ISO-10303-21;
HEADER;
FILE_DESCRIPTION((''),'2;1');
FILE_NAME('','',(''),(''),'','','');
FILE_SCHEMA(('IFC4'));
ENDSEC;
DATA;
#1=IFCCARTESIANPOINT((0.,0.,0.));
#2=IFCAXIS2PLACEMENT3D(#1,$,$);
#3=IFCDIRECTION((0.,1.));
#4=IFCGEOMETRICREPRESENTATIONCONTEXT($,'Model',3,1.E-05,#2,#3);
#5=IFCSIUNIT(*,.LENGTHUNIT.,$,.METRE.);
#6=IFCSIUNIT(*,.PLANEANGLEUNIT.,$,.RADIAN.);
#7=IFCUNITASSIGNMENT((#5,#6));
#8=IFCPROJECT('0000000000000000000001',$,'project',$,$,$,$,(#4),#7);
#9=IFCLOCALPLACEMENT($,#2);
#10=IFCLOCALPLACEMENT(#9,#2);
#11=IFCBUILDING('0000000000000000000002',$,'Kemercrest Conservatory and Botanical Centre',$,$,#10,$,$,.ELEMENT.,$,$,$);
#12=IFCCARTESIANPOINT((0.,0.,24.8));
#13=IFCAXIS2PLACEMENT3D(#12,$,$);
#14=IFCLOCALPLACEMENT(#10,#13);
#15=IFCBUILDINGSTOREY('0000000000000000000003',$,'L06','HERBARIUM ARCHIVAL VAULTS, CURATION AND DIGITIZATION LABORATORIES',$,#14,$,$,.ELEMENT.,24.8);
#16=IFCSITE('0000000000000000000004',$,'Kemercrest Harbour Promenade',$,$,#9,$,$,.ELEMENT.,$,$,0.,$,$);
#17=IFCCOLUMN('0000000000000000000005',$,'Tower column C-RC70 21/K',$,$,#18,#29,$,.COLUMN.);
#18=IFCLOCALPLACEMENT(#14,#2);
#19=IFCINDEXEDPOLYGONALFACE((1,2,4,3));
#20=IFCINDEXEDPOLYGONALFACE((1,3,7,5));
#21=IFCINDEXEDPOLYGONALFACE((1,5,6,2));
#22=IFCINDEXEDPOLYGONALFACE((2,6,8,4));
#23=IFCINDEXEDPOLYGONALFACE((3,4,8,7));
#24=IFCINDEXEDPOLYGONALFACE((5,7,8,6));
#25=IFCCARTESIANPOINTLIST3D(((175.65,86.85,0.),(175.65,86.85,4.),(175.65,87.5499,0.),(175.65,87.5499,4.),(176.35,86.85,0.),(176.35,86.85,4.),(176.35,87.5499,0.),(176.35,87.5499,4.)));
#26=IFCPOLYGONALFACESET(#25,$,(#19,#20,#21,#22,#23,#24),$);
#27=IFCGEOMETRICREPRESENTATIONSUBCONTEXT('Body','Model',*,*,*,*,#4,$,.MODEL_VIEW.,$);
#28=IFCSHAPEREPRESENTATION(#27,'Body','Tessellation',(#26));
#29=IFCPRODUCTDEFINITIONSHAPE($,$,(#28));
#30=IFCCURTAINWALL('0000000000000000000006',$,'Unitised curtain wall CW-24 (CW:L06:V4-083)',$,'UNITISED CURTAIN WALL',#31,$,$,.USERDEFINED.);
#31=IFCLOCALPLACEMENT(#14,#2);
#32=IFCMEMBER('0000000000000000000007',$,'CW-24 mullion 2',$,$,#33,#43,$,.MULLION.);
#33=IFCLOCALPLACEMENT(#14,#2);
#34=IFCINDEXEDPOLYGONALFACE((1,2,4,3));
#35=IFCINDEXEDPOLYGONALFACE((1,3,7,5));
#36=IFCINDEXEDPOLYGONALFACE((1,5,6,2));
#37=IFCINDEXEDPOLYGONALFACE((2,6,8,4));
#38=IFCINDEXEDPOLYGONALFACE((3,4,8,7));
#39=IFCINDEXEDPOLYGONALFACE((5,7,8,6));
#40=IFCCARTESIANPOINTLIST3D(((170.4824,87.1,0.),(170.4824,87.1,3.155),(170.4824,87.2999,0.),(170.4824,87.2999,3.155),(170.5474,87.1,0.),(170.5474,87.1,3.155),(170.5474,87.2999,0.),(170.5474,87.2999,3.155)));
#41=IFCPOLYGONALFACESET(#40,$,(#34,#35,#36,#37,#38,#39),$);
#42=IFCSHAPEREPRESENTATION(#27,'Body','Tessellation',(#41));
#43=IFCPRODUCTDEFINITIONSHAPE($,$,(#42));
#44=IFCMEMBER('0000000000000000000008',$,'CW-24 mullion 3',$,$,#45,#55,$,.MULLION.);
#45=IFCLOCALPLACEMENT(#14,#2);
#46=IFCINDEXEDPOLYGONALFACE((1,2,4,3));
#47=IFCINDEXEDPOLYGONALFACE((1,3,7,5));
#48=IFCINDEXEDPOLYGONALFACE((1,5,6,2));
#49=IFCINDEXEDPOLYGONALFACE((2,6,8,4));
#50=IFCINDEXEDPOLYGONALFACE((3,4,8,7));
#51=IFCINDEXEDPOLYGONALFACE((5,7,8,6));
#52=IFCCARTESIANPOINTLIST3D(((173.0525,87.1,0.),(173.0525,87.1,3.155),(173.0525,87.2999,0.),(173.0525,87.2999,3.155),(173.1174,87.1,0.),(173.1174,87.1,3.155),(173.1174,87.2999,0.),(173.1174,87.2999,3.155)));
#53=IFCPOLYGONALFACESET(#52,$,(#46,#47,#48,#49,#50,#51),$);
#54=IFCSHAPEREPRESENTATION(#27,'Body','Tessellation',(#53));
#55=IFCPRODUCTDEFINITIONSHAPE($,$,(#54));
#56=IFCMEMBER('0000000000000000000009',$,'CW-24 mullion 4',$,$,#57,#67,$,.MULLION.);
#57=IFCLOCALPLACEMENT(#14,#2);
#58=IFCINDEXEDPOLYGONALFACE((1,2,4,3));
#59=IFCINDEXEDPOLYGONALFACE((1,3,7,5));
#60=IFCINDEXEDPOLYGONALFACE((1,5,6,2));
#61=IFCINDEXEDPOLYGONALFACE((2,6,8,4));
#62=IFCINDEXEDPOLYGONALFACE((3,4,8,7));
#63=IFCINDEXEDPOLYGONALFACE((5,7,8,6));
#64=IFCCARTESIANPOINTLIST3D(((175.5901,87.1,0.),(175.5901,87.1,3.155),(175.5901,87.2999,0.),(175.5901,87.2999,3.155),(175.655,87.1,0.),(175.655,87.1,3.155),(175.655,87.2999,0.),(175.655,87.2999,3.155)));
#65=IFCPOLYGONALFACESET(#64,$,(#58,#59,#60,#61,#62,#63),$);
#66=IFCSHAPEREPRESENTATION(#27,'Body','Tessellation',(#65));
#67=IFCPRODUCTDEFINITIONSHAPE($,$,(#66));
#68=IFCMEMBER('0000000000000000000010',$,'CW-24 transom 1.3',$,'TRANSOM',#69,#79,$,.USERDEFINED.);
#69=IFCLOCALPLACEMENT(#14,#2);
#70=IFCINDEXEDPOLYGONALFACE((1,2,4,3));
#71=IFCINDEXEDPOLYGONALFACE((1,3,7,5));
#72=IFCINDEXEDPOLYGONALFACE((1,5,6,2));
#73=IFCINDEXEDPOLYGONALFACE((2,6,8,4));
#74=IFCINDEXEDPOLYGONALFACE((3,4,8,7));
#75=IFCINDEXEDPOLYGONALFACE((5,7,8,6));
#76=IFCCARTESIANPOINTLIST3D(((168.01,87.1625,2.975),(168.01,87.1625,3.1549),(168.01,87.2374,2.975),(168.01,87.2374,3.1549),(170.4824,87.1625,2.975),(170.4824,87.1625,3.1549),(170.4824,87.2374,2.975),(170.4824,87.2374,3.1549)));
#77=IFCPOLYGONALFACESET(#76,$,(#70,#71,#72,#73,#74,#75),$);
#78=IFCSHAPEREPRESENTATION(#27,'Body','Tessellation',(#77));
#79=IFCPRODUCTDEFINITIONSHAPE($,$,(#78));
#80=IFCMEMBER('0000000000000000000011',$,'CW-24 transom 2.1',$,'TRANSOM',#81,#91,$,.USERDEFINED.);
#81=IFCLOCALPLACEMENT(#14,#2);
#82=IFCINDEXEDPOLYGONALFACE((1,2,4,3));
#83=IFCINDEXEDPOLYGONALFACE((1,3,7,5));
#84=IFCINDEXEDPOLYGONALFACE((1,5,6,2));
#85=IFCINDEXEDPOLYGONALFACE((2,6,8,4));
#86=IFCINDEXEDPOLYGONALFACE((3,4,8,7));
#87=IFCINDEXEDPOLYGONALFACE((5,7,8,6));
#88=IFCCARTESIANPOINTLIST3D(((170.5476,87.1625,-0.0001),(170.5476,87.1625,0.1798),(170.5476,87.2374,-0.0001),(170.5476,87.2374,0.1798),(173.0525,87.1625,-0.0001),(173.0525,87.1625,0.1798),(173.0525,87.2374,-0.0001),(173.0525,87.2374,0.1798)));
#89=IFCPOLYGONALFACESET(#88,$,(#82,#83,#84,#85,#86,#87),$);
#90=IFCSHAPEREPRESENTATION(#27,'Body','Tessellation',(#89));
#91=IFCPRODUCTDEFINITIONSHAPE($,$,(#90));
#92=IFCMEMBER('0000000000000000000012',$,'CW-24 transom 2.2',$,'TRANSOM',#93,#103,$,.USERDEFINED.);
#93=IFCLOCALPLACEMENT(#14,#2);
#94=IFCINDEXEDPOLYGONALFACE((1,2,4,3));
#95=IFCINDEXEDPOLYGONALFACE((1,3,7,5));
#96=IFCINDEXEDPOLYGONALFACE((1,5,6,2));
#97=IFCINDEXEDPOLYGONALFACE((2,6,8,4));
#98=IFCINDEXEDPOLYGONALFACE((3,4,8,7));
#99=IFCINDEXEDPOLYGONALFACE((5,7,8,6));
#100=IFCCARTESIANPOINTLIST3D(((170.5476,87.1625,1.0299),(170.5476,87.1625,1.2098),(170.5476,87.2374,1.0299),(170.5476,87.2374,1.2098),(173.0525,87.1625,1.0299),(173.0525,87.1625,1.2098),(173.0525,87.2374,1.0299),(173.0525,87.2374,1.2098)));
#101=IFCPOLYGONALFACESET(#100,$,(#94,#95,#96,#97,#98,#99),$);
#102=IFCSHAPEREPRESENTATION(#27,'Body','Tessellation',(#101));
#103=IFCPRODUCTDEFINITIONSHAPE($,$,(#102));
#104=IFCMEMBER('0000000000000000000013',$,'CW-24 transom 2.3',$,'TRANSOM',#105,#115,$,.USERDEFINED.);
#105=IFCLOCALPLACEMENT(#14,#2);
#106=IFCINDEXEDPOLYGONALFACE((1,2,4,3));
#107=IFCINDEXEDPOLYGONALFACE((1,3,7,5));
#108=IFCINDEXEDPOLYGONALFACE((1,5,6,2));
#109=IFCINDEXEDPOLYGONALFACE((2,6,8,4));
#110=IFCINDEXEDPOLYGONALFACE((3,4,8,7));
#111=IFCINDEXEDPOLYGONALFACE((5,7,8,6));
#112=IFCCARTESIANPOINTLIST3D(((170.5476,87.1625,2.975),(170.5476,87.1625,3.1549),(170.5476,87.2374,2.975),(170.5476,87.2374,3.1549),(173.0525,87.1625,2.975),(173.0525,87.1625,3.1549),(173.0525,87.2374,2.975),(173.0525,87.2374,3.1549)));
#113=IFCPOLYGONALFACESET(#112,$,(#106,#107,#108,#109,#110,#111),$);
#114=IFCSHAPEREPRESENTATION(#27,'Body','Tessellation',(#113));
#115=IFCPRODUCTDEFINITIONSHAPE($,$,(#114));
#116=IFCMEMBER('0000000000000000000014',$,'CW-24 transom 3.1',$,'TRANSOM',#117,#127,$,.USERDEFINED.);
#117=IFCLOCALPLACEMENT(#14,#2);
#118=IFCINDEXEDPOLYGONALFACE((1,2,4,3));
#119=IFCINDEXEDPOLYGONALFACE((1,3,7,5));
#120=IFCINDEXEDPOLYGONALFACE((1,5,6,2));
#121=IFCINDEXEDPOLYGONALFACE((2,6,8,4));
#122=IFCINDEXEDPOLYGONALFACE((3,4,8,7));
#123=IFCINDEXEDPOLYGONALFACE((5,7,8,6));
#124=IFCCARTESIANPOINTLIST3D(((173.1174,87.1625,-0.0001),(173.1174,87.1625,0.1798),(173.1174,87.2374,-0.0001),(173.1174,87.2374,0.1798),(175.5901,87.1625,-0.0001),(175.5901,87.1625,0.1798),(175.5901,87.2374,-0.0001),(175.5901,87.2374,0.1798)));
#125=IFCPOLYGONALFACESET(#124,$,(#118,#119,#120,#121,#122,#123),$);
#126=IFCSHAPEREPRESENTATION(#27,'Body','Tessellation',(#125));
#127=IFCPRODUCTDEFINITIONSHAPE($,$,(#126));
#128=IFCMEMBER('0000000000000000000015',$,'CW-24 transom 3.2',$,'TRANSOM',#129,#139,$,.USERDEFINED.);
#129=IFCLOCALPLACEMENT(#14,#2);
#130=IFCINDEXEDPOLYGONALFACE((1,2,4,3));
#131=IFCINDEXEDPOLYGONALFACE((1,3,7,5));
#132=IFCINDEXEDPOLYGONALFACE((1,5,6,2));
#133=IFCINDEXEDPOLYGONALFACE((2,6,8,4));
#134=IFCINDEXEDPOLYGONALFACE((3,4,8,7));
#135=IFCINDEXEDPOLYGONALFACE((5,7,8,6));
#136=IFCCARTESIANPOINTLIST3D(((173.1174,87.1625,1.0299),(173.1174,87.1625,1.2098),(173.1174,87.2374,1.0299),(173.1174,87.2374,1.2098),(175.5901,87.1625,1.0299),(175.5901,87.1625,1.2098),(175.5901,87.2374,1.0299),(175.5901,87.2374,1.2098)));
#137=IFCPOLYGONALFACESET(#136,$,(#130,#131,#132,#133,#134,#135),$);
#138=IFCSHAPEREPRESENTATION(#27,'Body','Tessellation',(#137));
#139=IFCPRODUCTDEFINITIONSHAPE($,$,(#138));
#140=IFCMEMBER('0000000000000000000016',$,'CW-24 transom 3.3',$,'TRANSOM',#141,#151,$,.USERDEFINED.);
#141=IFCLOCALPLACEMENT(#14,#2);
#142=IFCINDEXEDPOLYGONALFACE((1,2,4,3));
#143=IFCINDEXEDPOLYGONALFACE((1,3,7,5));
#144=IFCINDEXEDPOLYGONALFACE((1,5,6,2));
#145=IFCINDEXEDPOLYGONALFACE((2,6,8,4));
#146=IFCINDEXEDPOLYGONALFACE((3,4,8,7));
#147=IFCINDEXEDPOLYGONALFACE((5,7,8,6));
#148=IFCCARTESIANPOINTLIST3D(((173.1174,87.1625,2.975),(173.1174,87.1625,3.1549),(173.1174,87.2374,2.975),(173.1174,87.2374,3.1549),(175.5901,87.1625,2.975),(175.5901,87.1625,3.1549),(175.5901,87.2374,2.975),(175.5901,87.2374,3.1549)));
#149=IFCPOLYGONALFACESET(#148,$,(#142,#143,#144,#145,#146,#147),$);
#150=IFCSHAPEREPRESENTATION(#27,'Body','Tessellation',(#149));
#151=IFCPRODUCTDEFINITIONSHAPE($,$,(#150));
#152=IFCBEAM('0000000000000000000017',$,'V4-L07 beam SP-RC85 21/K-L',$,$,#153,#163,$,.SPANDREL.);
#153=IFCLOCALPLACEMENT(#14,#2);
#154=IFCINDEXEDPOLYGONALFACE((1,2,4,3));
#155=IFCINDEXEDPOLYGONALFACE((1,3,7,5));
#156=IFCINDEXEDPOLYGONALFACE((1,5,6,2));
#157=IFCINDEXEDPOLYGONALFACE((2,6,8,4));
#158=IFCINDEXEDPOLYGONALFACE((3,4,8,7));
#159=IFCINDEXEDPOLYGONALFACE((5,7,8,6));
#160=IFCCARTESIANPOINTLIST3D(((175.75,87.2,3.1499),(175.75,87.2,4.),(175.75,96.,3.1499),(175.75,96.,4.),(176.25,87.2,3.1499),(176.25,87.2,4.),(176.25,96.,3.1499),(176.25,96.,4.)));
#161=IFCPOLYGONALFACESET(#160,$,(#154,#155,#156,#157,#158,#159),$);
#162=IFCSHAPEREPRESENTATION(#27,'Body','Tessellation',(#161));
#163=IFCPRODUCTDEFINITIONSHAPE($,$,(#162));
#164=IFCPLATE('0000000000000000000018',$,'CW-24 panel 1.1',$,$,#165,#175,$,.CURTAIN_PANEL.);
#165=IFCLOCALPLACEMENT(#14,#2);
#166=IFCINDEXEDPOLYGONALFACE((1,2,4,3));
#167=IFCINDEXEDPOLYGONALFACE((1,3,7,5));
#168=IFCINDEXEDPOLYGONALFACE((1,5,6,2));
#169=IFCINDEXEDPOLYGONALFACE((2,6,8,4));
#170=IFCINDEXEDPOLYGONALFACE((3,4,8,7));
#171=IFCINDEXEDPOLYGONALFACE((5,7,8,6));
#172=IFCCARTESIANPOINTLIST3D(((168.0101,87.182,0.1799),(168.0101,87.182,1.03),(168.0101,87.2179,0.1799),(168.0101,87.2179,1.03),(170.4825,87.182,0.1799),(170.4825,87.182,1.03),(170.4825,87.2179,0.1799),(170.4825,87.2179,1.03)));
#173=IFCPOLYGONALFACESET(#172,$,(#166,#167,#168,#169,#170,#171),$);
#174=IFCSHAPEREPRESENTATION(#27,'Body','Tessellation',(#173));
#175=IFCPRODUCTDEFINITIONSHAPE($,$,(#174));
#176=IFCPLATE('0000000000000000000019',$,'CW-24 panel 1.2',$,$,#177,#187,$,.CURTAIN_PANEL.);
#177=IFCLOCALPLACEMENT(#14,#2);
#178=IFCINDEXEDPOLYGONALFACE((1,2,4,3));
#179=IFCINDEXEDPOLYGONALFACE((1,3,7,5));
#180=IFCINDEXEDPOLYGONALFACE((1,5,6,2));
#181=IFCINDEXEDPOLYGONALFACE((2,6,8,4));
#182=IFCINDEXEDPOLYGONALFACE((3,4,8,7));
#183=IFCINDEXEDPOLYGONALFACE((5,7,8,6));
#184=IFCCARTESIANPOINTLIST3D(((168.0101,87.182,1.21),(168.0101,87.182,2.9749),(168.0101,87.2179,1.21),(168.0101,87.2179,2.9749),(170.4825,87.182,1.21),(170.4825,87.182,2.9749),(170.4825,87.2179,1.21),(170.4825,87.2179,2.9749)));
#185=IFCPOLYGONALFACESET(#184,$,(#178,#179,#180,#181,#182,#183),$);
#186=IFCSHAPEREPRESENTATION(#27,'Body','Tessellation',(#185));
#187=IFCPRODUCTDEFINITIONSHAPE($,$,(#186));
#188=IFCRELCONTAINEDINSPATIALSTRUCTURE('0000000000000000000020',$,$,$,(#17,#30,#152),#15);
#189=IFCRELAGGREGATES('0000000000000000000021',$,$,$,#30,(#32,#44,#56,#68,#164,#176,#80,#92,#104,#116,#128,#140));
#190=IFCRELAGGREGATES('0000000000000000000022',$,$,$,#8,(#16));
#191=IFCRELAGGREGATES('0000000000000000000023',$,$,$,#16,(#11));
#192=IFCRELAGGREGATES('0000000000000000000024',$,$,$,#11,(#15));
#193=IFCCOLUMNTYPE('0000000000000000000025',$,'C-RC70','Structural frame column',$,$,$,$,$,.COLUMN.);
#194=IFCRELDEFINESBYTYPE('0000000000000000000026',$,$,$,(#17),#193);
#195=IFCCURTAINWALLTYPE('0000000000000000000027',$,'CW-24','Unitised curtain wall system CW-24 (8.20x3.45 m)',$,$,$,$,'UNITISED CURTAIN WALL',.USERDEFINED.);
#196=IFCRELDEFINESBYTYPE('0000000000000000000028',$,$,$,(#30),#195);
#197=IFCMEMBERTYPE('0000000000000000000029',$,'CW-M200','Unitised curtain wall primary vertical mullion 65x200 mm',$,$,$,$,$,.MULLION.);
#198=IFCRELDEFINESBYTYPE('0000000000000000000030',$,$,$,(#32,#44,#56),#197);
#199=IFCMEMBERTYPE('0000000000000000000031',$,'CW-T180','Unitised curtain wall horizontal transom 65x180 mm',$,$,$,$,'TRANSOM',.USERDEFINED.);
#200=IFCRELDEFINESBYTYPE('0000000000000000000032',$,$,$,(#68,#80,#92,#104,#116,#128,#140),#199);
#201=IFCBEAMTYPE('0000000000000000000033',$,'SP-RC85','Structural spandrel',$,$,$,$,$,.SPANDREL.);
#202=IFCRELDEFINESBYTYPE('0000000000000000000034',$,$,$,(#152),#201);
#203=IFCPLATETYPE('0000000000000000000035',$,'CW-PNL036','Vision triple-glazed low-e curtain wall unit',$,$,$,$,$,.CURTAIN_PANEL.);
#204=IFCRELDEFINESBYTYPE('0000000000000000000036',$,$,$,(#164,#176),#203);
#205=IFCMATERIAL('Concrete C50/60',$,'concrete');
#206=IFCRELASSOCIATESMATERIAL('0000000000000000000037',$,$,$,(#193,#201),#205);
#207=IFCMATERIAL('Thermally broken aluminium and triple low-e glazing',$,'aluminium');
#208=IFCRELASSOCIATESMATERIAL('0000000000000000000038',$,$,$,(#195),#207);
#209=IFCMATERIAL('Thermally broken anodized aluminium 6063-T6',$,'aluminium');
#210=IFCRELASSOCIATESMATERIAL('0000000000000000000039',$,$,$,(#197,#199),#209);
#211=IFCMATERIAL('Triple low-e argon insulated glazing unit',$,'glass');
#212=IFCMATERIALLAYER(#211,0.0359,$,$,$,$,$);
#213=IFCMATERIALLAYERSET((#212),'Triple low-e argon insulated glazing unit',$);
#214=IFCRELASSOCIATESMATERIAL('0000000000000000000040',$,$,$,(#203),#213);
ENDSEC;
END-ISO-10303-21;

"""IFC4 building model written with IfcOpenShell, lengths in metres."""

from ifc_helpers import new_model, si_unit, direction, frame, origin, origin_2d, place, context, subcontext, project, spatial, rectangle, extrude, material, layer, layer_set, material_profile, profile_set, type_object, element, aggregate, save


model = new_model("IFC4")

# Units and contexts
model_context = context("Model", 3, precision=1e-05, world=origin(), true_north=direction((0.0, 1.0)))
body_context = subcontext(model_context, "Body", "Model", "MODEL_VIEW")
ifc_project = project(units=[si_unit("LENGTHUNIT", "METRE"), si_unit("PLANEANGLEUNIT", "RADIAN")], contexts=[model_context])

# Site, building, storey
site_placement = place(None, origin())
site = spatial("IfcSite", under=ifc_project, at=site_placement, Name="Kemercrest Harbour Promenade", CompositionType="ELEMENT", RefElevation=0.0)
building_placement = place(site_placement, origin())
building = spatial("IfcBuilding", under=site, at=building_placement, Name="Kemercrest Conservatory and Botanical Centre", CompositionType="ELEMENT")
storey_placement = place(building_placement, frame((0.0, 0.0, 24.8)))
storey = spatial("IfcBuildingStorey", under=building, at=storey_placement, Name="L06", Description="HERBARIUM ARCHIVAL VAULTS, CURATION AND DIGITIZATION LABORATORIES", CompositionType="ELEMENT", Elevation=24.8)

# Column
ifc_material_1 = material(Name="Concrete C50/60", Category="concrete")
ifc_material_profile_1 = material_profile(ifc_material_1, rectangle(XDim=0.7, YDim=0.7, at=origin_2d()), Name="RC 700x700")
ifc_profile_set_1 = profile_set([ifc_material_profile_1], Name="Concrete C50/60")
column_type = type_object("IfcColumnType", Name="C-RC70", Description="Structural frame column", PredefinedType="COLUMN", material=ifc_profile_set_1)
column_placement = place(storey_placement, frame((176.0, 87.2, 0.0), z_axis=(0.0, 0.0, 1.0), x_axis=(1.0, 0.0, 0.0)))
element("IfcColumn", 1, at=column_placement, inside=storey, type_object=column_type, Name="Tower column C-RC70 21/K", PredefinedType="COLUMN", context=body_context, shape_type="SweptSolid", body=[
    extrude(rectangle(XDim=0.7, YDim=0.7, at=origin_2d()), origin(), (0.0, 0.0, 1.0), 4.0),
])

# Curtain wall, members
ifc_material_2 = material(Name="Thermally broken aluminium and triple low-e glazing", Category="aluminium")
curtain_wall_type = type_object("IfcCurtainWallType", Name="CW-24", Description="Unitised curtain wall system CW-24 (8.20x3.45 m)", ElementType="UNITISED CURTAIN WALL", PredefinedType="USERDEFINED", material=ifc_material_2)
curtain_wall_placement = place(storey_placement, origin())
curtain_wall = element("IfcCurtainWall", 2, at=curtain_wall_placement, inside=storey, type_object=curtain_wall_type, Name="Unitised curtain wall CW-24 (CW:L06:V4-083)", ObjectType="UNITISED CURTAIN WALL", PredefinedType="USERDEFINED")
ifc_material_3 = material(Name="Thermally broken anodized aluminium 6063-T6", Category="aluminium")
ifc_material_profile_2 = material_profile(ifc_material_3, rectangle(XDim=0.2, YDim=0.0649, at=origin_2d()), Name="AL MULLION 65x200")
ifc_profile_set_2 = profile_set([ifc_material_profile_2], Name="Thermally broken anodized aluminium 6063-T6")
member_type_1 = type_object("IfcMemberType", Name="CW-M200", Description="Unitised curtain wall primary vertical mullion 65x200 mm", PredefinedType="MULLION", material=ifc_profile_set_2)
member_1_placement = place(storey_placement, frame((170.5149, 87.2, 0.0), z_axis=(0.0, 0.0, 1.0), x_axis=(0.0, 1.0, 0.0)))
member_1 = element("IfcMember", 3, at=member_1_placement, type_object=member_type_1, Name="CW-24 mullion 2", PredefinedType="MULLION", context=body_context, shape_type="SweptSolid", body=[
    extrude(rectangle(XDim=0.2, YDim=0.0649, at=origin_2d()), origin(), (0.0, 0.0, 1.0), 3.155),
])
member_2_placement = place(storey_placement, frame((173.085, 87.2, 0.0), z_axis=(0.0, 0.0, 1.0), x_axis=(0.0, 1.0, 0.0)))
member_2 = element("IfcMember", 4, at=member_2_placement, type_object=member_type_1, Name="CW-24 mullion 3", PredefinedType="MULLION", context=body_context, shape_type="SweptSolid", body=[
    extrude(rectangle(XDim=0.2, YDim=0.0649, at=origin_2d()), origin(), (0.0, 0.0, 1.0), 3.155),
])
member_3_placement = place(storey_placement, frame((175.6226, 87.2, 0.0), z_axis=(0.0, 0.0, 1.0), x_axis=(0.0, 1.0, 0.0)))
member_3 = element("IfcMember", 5, at=member_3_placement, type_object=member_type_1, Name="CW-24 mullion 4", PredefinedType="MULLION", context=body_context, shape_type="SweptSolid", body=[
    extrude(rectangle(XDim=0.2, YDim=0.0649, at=origin_2d()), origin(), (0.0, 0.0, 1.0), 3.155),
])
ifc_material_profile_3 = material_profile(ifc_material_3, rectangle(XDim=0.075, YDim=0.1799, at=origin_2d()), Name="AL TRANSOM 75x180")
ifc_profile_set_3 = profile_set([ifc_material_profile_3], Name="Thermally broken anodized aluminium 6063-T6")
member_type_2 = type_object("IfcMemberType", Name="CW-T180", Description="Unitised curtain wall horizontal transom 65x180 mm", ElementType="TRANSOM", PredefinedType="USERDEFINED", material=ifc_profile_set_3)
member_4_placement = place(storey_placement, frame((168.01, 87.2, 3.0649), z_axis=(1.0, 0.0, 0.0), x_axis=(0.0, 1.0, 0.0)))
member_4 = element("IfcMember", 6, at=member_4_placement, type_object=member_type_2, Name="CW-24 transom 1.3", ObjectType="TRANSOM", PredefinedType="USERDEFINED", context=body_context, shape_type="SweptSolid", body=[
    extrude(rectangle(XDim=0.075, YDim=0.1799, at=origin_2d()), origin(), (0.0, 0.0, 1.0), 2.4724),
])
member_5_placement = place(storey_placement, frame((170.5476, 87.2, 0.0898), z_axis=(1.0, 0.0, 0.0), x_axis=(0.0, 1.0, 0.0)))
member_5 = element("IfcMember", 7, at=member_5_placement, type_object=member_type_2, Name="CW-24 transom 2.1", ObjectType="TRANSOM", PredefinedType="USERDEFINED", context=body_context, shape_type="SweptSolid", body=[
    extrude(rectangle(XDim=0.075, YDim=0.1799, at=origin_2d()), origin(), (0.0, 0.0, 1.0), 2.5049),
])
member_6_placement = place(storey_placement, frame((170.5476, 87.2, 1.1199), z_axis=(1.0, 0.0, 0.0), x_axis=(0.0, 1.0, 0.0)))
member_6 = element("IfcMember", 8, at=member_6_placement, type_object=member_type_2, Name="CW-24 transom 2.2", ObjectType="TRANSOM", PredefinedType="USERDEFINED", context=body_context, shape_type="SweptSolid", body=[
    extrude(rectangle(XDim=0.075, YDim=0.1799, at=origin_2d()), origin(), (0.0, 0.0, 1.0), 2.5049),
])
member_7_placement = place(storey_placement, frame((170.5476, 87.2, 3.0649), z_axis=(1.0, 0.0, 0.0), x_axis=(0.0, 1.0, 0.0)))
member_7 = element("IfcMember", 9, at=member_7_placement, type_object=member_type_2, Name="CW-24 transom 2.3", ObjectType="TRANSOM", PredefinedType="USERDEFINED", context=body_context, shape_type="SweptSolid", body=[
    extrude(rectangle(XDim=0.075, YDim=0.1799, at=origin_2d()), origin(), (0.0, 0.0, 1.0), 2.5049),
])
member_8_placement = place(storey_placement, frame((173.1174, 87.2, 0.0898), z_axis=(1.0, 0.0, 0.0), x_axis=(0.0, 1.0, 0.0)))
member_8 = element("IfcMember", 10, at=member_8_placement, type_object=member_type_2, Name="CW-24 transom 3.1", ObjectType="TRANSOM", PredefinedType="USERDEFINED", context=body_context, shape_type="SweptSolid", body=[
    extrude(rectangle(XDim=0.075, YDim=0.1799, at=origin_2d()), origin(), (0.0, 0.0, 1.0), 2.4727),
])
member_9_placement = place(storey_placement, frame((173.1174, 87.2, 1.1199), z_axis=(1.0, 0.0, 0.0), x_axis=(0.0, 1.0, 0.0)))
member_9 = element("IfcMember", 11, at=member_9_placement, type_object=member_type_2, Name="CW-24 transom 3.2", ObjectType="TRANSOM", PredefinedType="USERDEFINED", context=body_context, shape_type="SweptSolid", body=[
    extrude(rectangle(XDim=0.075, YDim=0.1799, at=origin_2d()), origin(), (0.0, 0.0, 1.0), 2.4727),
])
member_10_placement = place(storey_placement, frame((173.1174, 87.2, 3.0649), z_axis=(1.0, 0.0, 0.0), x_axis=(0.0, 1.0, 0.0)))
member_10 = element("IfcMember", 12, at=member_10_placement, type_object=member_type_2, Name="CW-24 transom 3.3", ObjectType="TRANSOM", PredefinedType="USERDEFINED", context=body_context, shape_type="SweptSolid", body=[
    extrude(rectangle(XDim=0.075, YDim=0.1799, at=origin_2d()), origin(), (0.0, 0.0, 1.0), 2.4727),
])

# Beam
ifc_material_profile_4 = material_profile(ifc_material_1, rectangle(XDim=0.5, YDim=0.8501, at=origin_2d()), Name="RC 500x850")
ifc_profile_set_4 = profile_set([ifc_material_profile_4], Name="Concrete C50/60")
beam_type = type_object("IfcBeamType", Name="SP-RC85", Description="Structural spandrel", PredefinedType="SPANDREL", material=ifc_profile_set_4)
beam_placement = place(storey_placement, frame((176.0, 87.2, 3.575), z_axis=(0.0, 1.0, 0.0), x_axis=(-1.0, 0.0, 0.0)))
element("IfcBeam", 13, at=beam_placement, inside=storey, type_object=beam_type, Name="V4-L07 beam SP-RC85 21/K-L", PredefinedType="SPANDREL", context=body_context, shape_type="SweptSolid", body=[
    extrude(rectangle(XDim=0.5, YDim=0.8501, at=origin_2d()), origin(), (0.0, 0.0, 1.0), 8.8),
])

# Plates
ifc_material_4 = material(Name="Triple low-e argon insulated glazing unit", Category="glass")
ifc_layer_1 = layer(ifc_material_4, 0.0359)
ifc_layer_set_1 = layer_set([ifc_layer_1], Name="Triple low-e argon insulated glazing unit")
plate_type = type_object("IfcPlateType", Name="CW-PNL036", Description="Vision triple-glazed low-e curtain wall unit", PredefinedType="CURTAIN_PANEL", material=ifc_layer_set_1)
plate_1_placement = place(storey_placement, frame((169.2463, 87.2, 0.1799), z_axis=(0.0, 0.0, 1.0), x_axis=(1.0, 0.0, 0.0)))
plate_1 = element("IfcPlate", 14, at=plate_1_placement, type_object=plate_type, Name="CW-24 panel 1.1", PredefinedType="CURTAIN_PANEL", context=body_context, shape_type="SweptSolid", body=[
    extrude(rectangle(XDim=2.4724, YDim=0.0359, at=origin_2d()), origin(), (0.0, 0.0, 1.0), 0.8501),
])
plate_2_placement = place(storey_placement, frame((169.2463, 87.2, 1.21), z_axis=(0.0, 0.0, 1.0), x_axis=(1.0, 0.0, 0.0)))
plate_2 = element("IfcPlate", 15, at=plate_2_placement, type_object=plate_type, Name="CW-24 panel 1.2", PredefinedType="CURTAIN_PANEL", context=body_context, shape_type="SweptSolid", body=[
    extrude(rectangle(XDim=2.4724, YDim=0.0359, at=origin_2d()), origin(), (0.0, 0.0, 1.0), 1.7649),
])
aggregate(curtain_wall, [member_1, member_2, member_3, member_4, plate_1, plate_2, member_5, member_6, member_7, member_8, member_9, member_10])

save(model, "model.ifc")
